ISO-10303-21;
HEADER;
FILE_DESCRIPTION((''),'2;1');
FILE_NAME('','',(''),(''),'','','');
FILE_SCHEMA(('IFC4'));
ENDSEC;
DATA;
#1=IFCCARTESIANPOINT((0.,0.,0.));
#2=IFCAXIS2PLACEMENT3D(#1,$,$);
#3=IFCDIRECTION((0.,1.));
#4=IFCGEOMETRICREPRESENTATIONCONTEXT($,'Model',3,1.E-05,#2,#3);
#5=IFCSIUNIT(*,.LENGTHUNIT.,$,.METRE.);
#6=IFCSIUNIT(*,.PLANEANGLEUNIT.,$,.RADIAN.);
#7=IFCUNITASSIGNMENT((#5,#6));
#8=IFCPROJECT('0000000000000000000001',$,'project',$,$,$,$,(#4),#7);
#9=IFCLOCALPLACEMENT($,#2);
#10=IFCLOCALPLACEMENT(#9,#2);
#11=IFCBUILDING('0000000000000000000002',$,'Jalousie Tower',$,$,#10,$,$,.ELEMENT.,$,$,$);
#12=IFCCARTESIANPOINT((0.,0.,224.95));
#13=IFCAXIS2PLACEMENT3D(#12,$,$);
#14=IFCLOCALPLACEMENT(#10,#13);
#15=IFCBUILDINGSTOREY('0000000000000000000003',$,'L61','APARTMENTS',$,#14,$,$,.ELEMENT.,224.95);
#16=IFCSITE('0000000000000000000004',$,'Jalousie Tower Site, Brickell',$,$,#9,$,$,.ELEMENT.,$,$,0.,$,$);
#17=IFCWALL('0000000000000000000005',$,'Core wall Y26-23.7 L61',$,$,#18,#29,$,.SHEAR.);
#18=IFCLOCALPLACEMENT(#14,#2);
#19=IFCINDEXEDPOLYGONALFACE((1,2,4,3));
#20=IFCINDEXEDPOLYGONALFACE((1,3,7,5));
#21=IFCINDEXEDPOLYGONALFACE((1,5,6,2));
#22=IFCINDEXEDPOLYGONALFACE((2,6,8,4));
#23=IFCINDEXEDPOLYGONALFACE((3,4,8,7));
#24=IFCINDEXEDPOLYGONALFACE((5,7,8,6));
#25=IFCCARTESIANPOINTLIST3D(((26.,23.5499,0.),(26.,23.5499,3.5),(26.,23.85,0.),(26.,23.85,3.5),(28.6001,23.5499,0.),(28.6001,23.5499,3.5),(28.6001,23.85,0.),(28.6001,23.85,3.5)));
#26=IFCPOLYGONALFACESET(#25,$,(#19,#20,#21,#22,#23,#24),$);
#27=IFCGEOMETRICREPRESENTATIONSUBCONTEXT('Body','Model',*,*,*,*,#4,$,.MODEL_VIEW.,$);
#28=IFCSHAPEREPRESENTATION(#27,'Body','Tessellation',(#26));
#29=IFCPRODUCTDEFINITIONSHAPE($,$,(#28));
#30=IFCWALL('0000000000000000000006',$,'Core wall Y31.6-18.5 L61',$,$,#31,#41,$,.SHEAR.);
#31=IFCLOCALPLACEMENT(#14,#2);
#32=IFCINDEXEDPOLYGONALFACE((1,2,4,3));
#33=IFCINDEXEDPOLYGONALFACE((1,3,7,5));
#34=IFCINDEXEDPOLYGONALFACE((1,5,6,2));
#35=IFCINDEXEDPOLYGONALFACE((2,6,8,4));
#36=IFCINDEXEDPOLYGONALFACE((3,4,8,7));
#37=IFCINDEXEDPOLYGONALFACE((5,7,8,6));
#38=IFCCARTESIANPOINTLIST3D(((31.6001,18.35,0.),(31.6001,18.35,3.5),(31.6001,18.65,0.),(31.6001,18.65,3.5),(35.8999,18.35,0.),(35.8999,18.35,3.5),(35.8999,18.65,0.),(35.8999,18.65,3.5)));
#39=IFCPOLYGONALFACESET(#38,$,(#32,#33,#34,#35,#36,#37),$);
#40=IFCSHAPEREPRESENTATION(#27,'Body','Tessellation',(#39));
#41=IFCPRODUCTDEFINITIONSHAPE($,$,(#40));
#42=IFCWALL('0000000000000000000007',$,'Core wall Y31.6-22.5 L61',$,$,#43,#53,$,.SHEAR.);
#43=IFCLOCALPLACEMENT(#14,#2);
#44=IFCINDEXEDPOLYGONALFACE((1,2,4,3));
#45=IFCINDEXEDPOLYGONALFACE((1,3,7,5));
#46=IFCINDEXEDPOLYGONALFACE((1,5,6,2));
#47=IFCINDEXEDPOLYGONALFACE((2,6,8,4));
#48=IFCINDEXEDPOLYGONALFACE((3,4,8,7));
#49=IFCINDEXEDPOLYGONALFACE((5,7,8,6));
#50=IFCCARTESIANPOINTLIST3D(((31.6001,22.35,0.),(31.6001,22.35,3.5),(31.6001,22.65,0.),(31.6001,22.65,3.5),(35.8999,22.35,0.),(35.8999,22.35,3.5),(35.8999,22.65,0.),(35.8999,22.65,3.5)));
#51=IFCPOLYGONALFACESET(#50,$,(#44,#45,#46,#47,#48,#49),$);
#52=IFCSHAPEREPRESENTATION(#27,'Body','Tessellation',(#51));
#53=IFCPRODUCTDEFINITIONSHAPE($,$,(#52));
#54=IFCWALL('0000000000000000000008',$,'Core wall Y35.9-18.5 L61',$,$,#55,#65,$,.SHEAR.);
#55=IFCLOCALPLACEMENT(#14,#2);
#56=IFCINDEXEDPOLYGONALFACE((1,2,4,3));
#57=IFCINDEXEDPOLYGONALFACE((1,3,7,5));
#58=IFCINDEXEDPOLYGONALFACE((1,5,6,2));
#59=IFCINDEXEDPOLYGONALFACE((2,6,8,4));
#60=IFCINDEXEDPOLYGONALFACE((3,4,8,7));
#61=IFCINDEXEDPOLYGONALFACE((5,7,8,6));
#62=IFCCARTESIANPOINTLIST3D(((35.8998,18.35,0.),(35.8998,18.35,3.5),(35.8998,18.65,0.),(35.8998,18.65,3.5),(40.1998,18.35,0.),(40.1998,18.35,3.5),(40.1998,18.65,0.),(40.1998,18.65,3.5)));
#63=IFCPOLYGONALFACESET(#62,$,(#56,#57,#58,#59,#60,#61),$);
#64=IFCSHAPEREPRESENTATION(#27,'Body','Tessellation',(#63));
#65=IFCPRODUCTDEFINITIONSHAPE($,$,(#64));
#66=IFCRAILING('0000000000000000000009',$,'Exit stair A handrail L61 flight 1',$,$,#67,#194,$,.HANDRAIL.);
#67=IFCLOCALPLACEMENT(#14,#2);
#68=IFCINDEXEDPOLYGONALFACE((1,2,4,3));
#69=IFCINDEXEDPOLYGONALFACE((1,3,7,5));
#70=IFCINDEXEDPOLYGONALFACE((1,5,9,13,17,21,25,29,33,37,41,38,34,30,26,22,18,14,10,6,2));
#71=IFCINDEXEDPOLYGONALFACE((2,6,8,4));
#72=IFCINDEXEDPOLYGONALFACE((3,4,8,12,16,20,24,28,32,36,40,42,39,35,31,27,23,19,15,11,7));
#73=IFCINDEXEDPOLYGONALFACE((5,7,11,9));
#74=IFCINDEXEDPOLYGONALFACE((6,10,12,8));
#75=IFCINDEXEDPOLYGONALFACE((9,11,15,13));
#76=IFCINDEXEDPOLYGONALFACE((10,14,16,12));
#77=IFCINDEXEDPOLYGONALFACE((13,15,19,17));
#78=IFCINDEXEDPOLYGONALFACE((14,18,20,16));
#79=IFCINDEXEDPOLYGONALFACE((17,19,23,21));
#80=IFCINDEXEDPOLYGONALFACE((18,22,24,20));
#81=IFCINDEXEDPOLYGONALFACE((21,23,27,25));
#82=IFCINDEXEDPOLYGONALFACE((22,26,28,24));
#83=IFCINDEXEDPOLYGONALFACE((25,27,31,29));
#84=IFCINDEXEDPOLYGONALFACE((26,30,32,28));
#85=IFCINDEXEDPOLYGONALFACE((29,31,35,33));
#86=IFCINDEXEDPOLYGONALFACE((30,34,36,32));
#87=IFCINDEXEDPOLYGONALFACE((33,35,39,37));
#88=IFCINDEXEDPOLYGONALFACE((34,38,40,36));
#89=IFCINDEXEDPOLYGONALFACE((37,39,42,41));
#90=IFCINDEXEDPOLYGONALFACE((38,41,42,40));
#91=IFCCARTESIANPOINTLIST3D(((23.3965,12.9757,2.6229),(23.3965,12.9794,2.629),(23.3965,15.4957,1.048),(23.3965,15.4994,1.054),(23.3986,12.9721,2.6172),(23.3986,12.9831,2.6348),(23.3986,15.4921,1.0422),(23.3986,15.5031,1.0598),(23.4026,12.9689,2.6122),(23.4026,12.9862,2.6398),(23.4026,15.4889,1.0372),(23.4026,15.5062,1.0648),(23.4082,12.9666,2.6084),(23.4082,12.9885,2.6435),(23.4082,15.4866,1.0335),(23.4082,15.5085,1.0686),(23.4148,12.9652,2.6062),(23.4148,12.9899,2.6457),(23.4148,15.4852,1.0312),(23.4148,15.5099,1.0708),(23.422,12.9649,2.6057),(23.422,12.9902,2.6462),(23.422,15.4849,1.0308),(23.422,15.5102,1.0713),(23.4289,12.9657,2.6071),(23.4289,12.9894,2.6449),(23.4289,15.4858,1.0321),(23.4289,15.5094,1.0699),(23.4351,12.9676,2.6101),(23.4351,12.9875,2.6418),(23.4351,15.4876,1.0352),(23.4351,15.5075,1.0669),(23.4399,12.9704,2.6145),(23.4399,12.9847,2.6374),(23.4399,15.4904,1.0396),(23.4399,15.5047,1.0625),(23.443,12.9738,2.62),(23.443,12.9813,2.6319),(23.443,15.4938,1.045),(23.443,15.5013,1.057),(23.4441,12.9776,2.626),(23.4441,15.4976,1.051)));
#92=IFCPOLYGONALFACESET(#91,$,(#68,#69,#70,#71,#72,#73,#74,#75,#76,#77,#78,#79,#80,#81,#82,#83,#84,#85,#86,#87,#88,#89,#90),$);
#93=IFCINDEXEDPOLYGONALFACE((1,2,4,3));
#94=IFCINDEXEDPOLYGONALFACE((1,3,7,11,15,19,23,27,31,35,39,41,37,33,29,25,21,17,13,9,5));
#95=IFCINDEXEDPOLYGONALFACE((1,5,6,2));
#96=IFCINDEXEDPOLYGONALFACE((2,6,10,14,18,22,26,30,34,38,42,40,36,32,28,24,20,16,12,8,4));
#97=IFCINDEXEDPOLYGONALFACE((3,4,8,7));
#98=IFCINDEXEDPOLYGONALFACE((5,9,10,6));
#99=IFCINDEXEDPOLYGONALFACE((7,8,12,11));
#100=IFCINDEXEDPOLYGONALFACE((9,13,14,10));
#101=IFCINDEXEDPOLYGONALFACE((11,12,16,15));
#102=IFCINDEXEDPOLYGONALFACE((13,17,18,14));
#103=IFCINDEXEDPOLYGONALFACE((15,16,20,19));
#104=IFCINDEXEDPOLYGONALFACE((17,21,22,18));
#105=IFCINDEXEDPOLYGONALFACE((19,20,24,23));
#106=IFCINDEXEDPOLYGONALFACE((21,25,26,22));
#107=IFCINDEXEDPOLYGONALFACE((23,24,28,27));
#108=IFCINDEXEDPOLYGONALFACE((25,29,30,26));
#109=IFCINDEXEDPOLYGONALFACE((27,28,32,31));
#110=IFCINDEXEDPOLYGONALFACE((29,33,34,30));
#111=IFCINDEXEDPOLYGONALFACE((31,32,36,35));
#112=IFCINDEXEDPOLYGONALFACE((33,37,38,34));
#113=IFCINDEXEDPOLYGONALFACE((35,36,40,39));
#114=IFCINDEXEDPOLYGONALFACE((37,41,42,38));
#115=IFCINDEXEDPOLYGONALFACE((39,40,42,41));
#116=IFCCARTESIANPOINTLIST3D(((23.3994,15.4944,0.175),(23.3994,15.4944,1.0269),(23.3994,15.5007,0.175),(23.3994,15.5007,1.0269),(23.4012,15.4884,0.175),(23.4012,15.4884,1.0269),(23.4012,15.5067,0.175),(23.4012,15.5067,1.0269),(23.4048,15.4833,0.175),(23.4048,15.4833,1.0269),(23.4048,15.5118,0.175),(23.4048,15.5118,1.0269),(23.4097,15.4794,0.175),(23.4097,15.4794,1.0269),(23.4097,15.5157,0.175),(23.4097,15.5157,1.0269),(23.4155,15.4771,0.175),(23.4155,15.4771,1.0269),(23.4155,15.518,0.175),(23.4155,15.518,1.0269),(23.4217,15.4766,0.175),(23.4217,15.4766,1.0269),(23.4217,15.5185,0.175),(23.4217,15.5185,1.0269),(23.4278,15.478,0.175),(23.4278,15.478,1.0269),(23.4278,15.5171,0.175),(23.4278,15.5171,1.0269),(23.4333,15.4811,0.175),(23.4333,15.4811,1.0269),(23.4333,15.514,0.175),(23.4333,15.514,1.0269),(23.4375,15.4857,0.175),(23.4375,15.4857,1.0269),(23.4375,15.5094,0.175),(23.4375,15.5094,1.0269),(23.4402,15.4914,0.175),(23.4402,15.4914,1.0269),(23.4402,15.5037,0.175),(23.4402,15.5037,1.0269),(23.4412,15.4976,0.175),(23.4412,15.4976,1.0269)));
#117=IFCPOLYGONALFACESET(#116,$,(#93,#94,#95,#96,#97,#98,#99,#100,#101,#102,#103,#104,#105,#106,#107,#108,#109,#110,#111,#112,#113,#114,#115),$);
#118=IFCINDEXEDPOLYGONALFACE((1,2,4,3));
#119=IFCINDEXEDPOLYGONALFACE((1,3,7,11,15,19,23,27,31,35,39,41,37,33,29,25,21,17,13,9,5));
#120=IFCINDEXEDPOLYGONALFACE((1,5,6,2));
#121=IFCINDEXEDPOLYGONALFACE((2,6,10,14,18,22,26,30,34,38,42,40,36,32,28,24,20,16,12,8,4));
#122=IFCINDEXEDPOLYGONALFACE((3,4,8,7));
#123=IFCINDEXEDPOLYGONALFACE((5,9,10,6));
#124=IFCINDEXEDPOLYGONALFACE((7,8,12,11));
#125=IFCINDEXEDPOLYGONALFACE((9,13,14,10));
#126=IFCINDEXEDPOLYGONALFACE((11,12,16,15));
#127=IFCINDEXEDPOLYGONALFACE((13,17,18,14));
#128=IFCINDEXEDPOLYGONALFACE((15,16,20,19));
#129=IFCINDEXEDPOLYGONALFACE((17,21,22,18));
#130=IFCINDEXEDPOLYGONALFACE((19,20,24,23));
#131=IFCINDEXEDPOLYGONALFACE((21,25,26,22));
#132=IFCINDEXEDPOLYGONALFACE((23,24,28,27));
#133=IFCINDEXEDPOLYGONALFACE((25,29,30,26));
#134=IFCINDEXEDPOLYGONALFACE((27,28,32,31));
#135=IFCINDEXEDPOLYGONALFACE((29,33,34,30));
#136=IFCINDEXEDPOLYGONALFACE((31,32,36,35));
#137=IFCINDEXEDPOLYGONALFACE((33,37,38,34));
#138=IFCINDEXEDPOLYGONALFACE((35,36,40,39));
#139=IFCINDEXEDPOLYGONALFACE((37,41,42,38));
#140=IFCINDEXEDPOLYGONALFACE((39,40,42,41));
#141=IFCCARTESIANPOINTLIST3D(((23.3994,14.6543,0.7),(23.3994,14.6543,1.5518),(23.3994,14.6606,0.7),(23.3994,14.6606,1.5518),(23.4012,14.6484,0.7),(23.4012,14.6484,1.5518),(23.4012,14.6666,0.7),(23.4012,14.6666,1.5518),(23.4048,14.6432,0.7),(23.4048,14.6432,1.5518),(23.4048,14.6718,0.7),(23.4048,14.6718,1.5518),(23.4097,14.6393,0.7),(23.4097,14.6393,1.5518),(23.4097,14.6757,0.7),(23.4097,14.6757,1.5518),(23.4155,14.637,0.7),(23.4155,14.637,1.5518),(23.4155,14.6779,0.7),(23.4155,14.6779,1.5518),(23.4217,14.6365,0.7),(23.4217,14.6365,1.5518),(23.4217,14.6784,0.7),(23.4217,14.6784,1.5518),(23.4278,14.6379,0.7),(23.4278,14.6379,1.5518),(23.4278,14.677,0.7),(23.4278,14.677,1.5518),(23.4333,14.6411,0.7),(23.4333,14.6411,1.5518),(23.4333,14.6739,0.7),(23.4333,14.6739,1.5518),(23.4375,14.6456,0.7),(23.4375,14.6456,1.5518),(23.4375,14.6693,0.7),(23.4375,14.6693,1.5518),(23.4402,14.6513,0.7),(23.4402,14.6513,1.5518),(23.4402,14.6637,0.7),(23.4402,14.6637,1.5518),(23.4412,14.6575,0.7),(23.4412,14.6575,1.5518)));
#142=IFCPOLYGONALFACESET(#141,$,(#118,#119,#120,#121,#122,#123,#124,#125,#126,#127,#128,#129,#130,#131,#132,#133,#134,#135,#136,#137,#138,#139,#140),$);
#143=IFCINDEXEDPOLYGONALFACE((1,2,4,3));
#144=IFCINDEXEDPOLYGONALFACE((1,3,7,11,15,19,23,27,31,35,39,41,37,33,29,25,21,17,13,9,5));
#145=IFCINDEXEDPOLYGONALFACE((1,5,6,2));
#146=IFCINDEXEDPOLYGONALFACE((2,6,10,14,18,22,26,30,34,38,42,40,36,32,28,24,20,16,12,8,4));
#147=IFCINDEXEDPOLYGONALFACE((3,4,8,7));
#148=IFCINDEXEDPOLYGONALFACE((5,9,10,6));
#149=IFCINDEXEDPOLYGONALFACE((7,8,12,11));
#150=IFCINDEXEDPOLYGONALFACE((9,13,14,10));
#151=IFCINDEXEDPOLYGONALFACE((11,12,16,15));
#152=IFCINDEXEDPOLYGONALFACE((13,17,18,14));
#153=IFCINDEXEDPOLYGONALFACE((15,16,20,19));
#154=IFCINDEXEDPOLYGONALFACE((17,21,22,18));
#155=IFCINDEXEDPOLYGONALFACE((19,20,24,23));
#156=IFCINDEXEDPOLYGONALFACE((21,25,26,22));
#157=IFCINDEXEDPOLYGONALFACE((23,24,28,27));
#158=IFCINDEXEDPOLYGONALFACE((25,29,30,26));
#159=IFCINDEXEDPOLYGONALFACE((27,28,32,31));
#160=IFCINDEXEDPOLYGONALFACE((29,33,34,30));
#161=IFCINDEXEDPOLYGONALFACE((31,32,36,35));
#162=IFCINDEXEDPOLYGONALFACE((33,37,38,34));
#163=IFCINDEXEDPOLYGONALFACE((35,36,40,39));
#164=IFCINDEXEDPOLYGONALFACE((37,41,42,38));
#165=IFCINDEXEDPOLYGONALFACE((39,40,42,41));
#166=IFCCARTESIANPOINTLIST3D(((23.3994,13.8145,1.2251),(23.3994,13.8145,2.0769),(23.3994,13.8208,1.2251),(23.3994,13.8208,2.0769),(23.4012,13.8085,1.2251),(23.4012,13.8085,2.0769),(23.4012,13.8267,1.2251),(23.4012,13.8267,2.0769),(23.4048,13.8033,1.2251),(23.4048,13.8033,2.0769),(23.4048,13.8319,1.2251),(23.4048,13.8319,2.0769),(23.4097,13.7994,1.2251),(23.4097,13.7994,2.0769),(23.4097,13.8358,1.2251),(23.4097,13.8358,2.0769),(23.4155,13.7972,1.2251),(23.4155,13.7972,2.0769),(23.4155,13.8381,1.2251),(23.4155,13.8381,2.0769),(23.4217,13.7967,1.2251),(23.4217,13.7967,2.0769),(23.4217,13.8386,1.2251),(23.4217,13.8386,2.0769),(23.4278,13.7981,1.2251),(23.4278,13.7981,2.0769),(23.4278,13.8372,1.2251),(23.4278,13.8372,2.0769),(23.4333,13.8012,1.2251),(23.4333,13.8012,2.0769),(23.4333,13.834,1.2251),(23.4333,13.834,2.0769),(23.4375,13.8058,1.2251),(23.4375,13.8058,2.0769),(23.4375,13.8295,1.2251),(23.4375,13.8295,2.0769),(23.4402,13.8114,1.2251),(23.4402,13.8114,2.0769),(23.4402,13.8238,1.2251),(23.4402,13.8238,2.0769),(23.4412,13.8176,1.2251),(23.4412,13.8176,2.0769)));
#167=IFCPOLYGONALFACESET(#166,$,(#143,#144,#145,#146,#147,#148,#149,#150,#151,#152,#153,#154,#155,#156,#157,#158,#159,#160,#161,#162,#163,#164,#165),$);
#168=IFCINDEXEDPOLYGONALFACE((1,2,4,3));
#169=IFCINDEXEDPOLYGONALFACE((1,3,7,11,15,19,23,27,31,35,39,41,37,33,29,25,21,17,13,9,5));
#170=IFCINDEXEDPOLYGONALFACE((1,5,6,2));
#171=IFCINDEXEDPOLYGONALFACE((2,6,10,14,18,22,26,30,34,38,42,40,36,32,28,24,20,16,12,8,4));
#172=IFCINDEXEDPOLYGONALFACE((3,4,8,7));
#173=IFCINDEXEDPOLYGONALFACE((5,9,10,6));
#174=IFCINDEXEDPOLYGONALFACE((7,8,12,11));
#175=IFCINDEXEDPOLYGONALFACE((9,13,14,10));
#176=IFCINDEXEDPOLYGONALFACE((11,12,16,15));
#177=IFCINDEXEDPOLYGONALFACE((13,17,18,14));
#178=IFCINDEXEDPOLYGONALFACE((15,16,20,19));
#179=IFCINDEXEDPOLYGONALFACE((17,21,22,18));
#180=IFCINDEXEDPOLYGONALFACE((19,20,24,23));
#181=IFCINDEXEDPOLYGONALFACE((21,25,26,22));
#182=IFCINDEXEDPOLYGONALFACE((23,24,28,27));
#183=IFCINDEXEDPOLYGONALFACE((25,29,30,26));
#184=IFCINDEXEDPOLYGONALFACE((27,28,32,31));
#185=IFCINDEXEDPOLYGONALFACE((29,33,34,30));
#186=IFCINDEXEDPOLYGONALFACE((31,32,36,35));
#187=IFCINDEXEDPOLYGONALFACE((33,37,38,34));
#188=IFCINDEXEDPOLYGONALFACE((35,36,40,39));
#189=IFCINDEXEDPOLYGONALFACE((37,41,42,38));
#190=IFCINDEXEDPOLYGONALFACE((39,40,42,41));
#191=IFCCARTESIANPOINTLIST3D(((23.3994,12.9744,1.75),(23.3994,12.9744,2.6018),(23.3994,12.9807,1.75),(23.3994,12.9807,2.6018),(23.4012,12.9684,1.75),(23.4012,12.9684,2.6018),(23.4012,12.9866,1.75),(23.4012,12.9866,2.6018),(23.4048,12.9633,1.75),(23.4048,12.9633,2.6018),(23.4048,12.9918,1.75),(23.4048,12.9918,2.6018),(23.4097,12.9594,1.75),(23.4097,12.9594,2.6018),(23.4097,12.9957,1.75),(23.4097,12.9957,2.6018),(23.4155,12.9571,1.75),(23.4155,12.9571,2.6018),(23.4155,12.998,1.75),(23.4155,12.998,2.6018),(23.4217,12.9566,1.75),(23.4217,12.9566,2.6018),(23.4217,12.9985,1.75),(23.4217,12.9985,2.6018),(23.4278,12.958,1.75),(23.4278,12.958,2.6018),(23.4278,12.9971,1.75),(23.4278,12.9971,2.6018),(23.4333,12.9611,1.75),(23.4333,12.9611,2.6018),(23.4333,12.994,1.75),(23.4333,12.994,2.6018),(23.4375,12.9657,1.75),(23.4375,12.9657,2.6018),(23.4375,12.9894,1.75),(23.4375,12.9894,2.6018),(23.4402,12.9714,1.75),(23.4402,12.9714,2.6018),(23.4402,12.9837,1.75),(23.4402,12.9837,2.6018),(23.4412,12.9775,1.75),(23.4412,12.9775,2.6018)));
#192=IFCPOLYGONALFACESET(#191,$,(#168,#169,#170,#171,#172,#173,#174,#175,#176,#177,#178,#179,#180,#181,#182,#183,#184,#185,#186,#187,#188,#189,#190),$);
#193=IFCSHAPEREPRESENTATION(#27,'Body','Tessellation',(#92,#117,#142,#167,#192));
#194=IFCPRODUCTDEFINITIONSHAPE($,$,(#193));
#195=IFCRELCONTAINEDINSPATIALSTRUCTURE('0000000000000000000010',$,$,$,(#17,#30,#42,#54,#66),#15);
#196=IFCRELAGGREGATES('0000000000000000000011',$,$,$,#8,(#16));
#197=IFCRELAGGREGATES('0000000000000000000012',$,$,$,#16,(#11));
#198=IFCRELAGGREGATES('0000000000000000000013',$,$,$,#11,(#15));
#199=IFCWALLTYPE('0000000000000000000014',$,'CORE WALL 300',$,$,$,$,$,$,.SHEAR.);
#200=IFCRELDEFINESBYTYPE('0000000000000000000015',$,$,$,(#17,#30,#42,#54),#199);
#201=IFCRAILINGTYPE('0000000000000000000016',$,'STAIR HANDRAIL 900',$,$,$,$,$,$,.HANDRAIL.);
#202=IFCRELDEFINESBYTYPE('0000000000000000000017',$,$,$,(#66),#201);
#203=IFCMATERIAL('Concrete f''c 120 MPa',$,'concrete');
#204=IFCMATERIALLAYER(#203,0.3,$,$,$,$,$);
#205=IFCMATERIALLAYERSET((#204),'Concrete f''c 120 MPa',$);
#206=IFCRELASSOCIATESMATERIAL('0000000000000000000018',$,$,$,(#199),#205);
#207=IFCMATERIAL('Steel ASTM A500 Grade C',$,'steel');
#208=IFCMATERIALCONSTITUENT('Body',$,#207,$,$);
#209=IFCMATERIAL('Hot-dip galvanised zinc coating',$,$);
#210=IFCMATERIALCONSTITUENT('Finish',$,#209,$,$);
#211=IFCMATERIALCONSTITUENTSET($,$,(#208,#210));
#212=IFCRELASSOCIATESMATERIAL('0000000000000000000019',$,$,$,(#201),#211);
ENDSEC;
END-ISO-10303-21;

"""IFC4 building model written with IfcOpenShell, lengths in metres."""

from ifc_helpers import new_model, si_unit, direction, frame, frame_2d, origin, origin_2d, place, context, subcontext, project, spatial, rectangle, circle, extrude, material, layer, layer_set, constituent, constituent_set, type_object, element, save


model = new_model("IFC4")

# Units and contexts
model_context = context("Model", 3, precision=1e-05, world=origin(), true_north=direction((0.0, 1.0)))
body_context = subcontext(model_context, "Body", "Model", "MODEL_VIEW")
ifc_project = project(units=[si_unit("LENGTHUNIT", "METRE"), si_unit("PLANEANGLEUNIT", "RADIAN")], contexts=[model_context])

# Site, building, storey
site_placement = place(None, origin())
site = spatial("IfcSite", under=ifc_project, at=site_placement, Name="Jalousie Tower Site, Brickell", CompositionType="ELEMENT", RefElevation=0.0)
building_placement = place(site_placement, origin())
building = spatial("IfcBuilding", under=site, at=building_placement, Name="Jalousie Tower", CompositionType="ELEMENT")
storey_placement = place(building_placement, frame((0.0, 0.0, 224.95)))
storey = spatial("IfcBuildingStorey", under=building, at=storey_placement, Name="L61", Description="APARTMENTS", CompositionType="ELEMENT", Elevation=224.95)

# Shared definitions
ifc_material_1 = material(Name="Concrete f'c 120 MPa", Category="concrete")
ifc_layer = layer(ifc_material_1, 0.3)
ifc_layer_set = layer_set([ifc_layer], Name="Concrete f'c 120 MPa")
wall_type = type_object("IfcWallType", Name="CORE WALL 300", PredefinedType="SHEAR", material=ifc_layer_set)

# Walls
for number, where, z_axis, x_axis, name in (
    (1, (26.0, 23.7, 0.0), (0.0, 0.0, 1.0), (1.0, 0.0, 0.0), "Core wall Y26-23.7 L61"),
):
    element("IfcWall", number, at=place(storey_placement, frame(where, z_axis=z_axis, x_axis=x_axis)), inside=storey, type_object=wall_type, Name=name, PredefinedType="SHEAR", context=body_context, shape_type="SweptSolid", body=[
        extrude(rectangle(XDim=2.6001, YDim=0.3, at=frame_2d((1.3, 0.0))), origin(), (0.0, 0.0, 1.0), 3.5),
    ])
for number, where, z_axis, x_axis, name in (
    (2, (31.6001, 18.5, 0.0), (0.0, 0.0, 1.0), (1.0, 0.0, 0.0), "Core wall Y31.6-18.5 L61"),
    (3, (31.6001, 22.5, 0.0), (0.0, 0.0, 1.0), (1.0, 0.0, 0.0), "Core wall Y31.6-22.5 L61"),
):
    element("IfcWall", number, at=place(storey_placement, frame(where, z_axis=z_axis, x_axis=x_axis)), inside=storey, type_object=wall_type, Name=name, PredefinedType="SHEAR", context=body_context, shape_type="SweptSolid", body=[
        extrude(rectangle(XDim=4.2998, YDim=0.3, at=frame_2d((2.1499, 0.0))), origin(), (0.0, 0.0, 1.0), 3.5),
    ])
wall_1_placement = place(storey_placement, frame((35.8999, 18.5, 0.0), z_axis=(0.0, 0.0, 1.0), x_axis=(1.0, 0.0, 0.0)))
element("IfcWall", 4, at=wall_1_placement, inside=storey, type_object=wall_type, Name="Core wall Y35.9-18.5 L61", PredefinedType="SHEAR", context=body_context, shape_type="SweptSolid", body=[
    extrude(rectangle(XDim=4.3, YDim=0.3, at=frame_2d((2.1499, 0.0))), origin(), (0.0, 0.0, 1.0), 3.5),
])

# Railing
ifc_material_2 = material(Name="Steel ASTM A500 Grade C", Category="steel")
ifc_constituent_1 = constituent(ifc_material_2, Name="Body")
ifc_material_3 = material(Name="Hot-dip galvanised zinc coating")
ifc_constituent_2 = constituent(ifc_material_3, Name="Finish")
ifc_constituent_set = constituent_set(constituents=[ifc_constituent_1, ifc_constituent_2])
railing_type = type_object("IfcRailingType", Name="STAIR HANDRAIL 900", PredefinedType="HANDRAIL", material=ifc_constituent_set)
railing_placement = place(storey_placement, frame((23.4202, 15.4976, 0.175)))
element("IfcRailing", 5, at=railing_placement, inside=storey, type_object=railing_type, Name="Exit stair A handrail L61 flight 1", PredefinedType="HANDRAIL", context=body_context, shape_type="SweptSolid", body=[
    extrude(circle(Radius=0.0239, at=origin_2d()), frame((0.0, 0.0, 0.876), z_axis=(0.0, -0.848008, 0.529984), x_axis=(1.0, 0.0, 0.0)), (0.0, 0.0, 1.0), 2.9717),
    extrude(circle(Radius=0.021, at=origin_2d()), origin(), (0.0, 0.0, 1.0), 0.8518),
    extrude(circle(Radius=0.021, at=origin_2d()), frame((0.0, -0.8401, 0.5249)), (0.0, 0.0, 1.0), 0.8518),
    extrude(circle(Radius=0.021, at=origin_2d()), frame((0.0, -1.6799, 1.05)), (0.0, 0.0, 1.0), 0.8518),
    extrude(circle(Radius=0.021, at=origin_2d()), frame((0.0, -2.52, 1.575)), (0.0, 0.0, 1.0), 0.8518),
])

save(model, "model.ifc")
